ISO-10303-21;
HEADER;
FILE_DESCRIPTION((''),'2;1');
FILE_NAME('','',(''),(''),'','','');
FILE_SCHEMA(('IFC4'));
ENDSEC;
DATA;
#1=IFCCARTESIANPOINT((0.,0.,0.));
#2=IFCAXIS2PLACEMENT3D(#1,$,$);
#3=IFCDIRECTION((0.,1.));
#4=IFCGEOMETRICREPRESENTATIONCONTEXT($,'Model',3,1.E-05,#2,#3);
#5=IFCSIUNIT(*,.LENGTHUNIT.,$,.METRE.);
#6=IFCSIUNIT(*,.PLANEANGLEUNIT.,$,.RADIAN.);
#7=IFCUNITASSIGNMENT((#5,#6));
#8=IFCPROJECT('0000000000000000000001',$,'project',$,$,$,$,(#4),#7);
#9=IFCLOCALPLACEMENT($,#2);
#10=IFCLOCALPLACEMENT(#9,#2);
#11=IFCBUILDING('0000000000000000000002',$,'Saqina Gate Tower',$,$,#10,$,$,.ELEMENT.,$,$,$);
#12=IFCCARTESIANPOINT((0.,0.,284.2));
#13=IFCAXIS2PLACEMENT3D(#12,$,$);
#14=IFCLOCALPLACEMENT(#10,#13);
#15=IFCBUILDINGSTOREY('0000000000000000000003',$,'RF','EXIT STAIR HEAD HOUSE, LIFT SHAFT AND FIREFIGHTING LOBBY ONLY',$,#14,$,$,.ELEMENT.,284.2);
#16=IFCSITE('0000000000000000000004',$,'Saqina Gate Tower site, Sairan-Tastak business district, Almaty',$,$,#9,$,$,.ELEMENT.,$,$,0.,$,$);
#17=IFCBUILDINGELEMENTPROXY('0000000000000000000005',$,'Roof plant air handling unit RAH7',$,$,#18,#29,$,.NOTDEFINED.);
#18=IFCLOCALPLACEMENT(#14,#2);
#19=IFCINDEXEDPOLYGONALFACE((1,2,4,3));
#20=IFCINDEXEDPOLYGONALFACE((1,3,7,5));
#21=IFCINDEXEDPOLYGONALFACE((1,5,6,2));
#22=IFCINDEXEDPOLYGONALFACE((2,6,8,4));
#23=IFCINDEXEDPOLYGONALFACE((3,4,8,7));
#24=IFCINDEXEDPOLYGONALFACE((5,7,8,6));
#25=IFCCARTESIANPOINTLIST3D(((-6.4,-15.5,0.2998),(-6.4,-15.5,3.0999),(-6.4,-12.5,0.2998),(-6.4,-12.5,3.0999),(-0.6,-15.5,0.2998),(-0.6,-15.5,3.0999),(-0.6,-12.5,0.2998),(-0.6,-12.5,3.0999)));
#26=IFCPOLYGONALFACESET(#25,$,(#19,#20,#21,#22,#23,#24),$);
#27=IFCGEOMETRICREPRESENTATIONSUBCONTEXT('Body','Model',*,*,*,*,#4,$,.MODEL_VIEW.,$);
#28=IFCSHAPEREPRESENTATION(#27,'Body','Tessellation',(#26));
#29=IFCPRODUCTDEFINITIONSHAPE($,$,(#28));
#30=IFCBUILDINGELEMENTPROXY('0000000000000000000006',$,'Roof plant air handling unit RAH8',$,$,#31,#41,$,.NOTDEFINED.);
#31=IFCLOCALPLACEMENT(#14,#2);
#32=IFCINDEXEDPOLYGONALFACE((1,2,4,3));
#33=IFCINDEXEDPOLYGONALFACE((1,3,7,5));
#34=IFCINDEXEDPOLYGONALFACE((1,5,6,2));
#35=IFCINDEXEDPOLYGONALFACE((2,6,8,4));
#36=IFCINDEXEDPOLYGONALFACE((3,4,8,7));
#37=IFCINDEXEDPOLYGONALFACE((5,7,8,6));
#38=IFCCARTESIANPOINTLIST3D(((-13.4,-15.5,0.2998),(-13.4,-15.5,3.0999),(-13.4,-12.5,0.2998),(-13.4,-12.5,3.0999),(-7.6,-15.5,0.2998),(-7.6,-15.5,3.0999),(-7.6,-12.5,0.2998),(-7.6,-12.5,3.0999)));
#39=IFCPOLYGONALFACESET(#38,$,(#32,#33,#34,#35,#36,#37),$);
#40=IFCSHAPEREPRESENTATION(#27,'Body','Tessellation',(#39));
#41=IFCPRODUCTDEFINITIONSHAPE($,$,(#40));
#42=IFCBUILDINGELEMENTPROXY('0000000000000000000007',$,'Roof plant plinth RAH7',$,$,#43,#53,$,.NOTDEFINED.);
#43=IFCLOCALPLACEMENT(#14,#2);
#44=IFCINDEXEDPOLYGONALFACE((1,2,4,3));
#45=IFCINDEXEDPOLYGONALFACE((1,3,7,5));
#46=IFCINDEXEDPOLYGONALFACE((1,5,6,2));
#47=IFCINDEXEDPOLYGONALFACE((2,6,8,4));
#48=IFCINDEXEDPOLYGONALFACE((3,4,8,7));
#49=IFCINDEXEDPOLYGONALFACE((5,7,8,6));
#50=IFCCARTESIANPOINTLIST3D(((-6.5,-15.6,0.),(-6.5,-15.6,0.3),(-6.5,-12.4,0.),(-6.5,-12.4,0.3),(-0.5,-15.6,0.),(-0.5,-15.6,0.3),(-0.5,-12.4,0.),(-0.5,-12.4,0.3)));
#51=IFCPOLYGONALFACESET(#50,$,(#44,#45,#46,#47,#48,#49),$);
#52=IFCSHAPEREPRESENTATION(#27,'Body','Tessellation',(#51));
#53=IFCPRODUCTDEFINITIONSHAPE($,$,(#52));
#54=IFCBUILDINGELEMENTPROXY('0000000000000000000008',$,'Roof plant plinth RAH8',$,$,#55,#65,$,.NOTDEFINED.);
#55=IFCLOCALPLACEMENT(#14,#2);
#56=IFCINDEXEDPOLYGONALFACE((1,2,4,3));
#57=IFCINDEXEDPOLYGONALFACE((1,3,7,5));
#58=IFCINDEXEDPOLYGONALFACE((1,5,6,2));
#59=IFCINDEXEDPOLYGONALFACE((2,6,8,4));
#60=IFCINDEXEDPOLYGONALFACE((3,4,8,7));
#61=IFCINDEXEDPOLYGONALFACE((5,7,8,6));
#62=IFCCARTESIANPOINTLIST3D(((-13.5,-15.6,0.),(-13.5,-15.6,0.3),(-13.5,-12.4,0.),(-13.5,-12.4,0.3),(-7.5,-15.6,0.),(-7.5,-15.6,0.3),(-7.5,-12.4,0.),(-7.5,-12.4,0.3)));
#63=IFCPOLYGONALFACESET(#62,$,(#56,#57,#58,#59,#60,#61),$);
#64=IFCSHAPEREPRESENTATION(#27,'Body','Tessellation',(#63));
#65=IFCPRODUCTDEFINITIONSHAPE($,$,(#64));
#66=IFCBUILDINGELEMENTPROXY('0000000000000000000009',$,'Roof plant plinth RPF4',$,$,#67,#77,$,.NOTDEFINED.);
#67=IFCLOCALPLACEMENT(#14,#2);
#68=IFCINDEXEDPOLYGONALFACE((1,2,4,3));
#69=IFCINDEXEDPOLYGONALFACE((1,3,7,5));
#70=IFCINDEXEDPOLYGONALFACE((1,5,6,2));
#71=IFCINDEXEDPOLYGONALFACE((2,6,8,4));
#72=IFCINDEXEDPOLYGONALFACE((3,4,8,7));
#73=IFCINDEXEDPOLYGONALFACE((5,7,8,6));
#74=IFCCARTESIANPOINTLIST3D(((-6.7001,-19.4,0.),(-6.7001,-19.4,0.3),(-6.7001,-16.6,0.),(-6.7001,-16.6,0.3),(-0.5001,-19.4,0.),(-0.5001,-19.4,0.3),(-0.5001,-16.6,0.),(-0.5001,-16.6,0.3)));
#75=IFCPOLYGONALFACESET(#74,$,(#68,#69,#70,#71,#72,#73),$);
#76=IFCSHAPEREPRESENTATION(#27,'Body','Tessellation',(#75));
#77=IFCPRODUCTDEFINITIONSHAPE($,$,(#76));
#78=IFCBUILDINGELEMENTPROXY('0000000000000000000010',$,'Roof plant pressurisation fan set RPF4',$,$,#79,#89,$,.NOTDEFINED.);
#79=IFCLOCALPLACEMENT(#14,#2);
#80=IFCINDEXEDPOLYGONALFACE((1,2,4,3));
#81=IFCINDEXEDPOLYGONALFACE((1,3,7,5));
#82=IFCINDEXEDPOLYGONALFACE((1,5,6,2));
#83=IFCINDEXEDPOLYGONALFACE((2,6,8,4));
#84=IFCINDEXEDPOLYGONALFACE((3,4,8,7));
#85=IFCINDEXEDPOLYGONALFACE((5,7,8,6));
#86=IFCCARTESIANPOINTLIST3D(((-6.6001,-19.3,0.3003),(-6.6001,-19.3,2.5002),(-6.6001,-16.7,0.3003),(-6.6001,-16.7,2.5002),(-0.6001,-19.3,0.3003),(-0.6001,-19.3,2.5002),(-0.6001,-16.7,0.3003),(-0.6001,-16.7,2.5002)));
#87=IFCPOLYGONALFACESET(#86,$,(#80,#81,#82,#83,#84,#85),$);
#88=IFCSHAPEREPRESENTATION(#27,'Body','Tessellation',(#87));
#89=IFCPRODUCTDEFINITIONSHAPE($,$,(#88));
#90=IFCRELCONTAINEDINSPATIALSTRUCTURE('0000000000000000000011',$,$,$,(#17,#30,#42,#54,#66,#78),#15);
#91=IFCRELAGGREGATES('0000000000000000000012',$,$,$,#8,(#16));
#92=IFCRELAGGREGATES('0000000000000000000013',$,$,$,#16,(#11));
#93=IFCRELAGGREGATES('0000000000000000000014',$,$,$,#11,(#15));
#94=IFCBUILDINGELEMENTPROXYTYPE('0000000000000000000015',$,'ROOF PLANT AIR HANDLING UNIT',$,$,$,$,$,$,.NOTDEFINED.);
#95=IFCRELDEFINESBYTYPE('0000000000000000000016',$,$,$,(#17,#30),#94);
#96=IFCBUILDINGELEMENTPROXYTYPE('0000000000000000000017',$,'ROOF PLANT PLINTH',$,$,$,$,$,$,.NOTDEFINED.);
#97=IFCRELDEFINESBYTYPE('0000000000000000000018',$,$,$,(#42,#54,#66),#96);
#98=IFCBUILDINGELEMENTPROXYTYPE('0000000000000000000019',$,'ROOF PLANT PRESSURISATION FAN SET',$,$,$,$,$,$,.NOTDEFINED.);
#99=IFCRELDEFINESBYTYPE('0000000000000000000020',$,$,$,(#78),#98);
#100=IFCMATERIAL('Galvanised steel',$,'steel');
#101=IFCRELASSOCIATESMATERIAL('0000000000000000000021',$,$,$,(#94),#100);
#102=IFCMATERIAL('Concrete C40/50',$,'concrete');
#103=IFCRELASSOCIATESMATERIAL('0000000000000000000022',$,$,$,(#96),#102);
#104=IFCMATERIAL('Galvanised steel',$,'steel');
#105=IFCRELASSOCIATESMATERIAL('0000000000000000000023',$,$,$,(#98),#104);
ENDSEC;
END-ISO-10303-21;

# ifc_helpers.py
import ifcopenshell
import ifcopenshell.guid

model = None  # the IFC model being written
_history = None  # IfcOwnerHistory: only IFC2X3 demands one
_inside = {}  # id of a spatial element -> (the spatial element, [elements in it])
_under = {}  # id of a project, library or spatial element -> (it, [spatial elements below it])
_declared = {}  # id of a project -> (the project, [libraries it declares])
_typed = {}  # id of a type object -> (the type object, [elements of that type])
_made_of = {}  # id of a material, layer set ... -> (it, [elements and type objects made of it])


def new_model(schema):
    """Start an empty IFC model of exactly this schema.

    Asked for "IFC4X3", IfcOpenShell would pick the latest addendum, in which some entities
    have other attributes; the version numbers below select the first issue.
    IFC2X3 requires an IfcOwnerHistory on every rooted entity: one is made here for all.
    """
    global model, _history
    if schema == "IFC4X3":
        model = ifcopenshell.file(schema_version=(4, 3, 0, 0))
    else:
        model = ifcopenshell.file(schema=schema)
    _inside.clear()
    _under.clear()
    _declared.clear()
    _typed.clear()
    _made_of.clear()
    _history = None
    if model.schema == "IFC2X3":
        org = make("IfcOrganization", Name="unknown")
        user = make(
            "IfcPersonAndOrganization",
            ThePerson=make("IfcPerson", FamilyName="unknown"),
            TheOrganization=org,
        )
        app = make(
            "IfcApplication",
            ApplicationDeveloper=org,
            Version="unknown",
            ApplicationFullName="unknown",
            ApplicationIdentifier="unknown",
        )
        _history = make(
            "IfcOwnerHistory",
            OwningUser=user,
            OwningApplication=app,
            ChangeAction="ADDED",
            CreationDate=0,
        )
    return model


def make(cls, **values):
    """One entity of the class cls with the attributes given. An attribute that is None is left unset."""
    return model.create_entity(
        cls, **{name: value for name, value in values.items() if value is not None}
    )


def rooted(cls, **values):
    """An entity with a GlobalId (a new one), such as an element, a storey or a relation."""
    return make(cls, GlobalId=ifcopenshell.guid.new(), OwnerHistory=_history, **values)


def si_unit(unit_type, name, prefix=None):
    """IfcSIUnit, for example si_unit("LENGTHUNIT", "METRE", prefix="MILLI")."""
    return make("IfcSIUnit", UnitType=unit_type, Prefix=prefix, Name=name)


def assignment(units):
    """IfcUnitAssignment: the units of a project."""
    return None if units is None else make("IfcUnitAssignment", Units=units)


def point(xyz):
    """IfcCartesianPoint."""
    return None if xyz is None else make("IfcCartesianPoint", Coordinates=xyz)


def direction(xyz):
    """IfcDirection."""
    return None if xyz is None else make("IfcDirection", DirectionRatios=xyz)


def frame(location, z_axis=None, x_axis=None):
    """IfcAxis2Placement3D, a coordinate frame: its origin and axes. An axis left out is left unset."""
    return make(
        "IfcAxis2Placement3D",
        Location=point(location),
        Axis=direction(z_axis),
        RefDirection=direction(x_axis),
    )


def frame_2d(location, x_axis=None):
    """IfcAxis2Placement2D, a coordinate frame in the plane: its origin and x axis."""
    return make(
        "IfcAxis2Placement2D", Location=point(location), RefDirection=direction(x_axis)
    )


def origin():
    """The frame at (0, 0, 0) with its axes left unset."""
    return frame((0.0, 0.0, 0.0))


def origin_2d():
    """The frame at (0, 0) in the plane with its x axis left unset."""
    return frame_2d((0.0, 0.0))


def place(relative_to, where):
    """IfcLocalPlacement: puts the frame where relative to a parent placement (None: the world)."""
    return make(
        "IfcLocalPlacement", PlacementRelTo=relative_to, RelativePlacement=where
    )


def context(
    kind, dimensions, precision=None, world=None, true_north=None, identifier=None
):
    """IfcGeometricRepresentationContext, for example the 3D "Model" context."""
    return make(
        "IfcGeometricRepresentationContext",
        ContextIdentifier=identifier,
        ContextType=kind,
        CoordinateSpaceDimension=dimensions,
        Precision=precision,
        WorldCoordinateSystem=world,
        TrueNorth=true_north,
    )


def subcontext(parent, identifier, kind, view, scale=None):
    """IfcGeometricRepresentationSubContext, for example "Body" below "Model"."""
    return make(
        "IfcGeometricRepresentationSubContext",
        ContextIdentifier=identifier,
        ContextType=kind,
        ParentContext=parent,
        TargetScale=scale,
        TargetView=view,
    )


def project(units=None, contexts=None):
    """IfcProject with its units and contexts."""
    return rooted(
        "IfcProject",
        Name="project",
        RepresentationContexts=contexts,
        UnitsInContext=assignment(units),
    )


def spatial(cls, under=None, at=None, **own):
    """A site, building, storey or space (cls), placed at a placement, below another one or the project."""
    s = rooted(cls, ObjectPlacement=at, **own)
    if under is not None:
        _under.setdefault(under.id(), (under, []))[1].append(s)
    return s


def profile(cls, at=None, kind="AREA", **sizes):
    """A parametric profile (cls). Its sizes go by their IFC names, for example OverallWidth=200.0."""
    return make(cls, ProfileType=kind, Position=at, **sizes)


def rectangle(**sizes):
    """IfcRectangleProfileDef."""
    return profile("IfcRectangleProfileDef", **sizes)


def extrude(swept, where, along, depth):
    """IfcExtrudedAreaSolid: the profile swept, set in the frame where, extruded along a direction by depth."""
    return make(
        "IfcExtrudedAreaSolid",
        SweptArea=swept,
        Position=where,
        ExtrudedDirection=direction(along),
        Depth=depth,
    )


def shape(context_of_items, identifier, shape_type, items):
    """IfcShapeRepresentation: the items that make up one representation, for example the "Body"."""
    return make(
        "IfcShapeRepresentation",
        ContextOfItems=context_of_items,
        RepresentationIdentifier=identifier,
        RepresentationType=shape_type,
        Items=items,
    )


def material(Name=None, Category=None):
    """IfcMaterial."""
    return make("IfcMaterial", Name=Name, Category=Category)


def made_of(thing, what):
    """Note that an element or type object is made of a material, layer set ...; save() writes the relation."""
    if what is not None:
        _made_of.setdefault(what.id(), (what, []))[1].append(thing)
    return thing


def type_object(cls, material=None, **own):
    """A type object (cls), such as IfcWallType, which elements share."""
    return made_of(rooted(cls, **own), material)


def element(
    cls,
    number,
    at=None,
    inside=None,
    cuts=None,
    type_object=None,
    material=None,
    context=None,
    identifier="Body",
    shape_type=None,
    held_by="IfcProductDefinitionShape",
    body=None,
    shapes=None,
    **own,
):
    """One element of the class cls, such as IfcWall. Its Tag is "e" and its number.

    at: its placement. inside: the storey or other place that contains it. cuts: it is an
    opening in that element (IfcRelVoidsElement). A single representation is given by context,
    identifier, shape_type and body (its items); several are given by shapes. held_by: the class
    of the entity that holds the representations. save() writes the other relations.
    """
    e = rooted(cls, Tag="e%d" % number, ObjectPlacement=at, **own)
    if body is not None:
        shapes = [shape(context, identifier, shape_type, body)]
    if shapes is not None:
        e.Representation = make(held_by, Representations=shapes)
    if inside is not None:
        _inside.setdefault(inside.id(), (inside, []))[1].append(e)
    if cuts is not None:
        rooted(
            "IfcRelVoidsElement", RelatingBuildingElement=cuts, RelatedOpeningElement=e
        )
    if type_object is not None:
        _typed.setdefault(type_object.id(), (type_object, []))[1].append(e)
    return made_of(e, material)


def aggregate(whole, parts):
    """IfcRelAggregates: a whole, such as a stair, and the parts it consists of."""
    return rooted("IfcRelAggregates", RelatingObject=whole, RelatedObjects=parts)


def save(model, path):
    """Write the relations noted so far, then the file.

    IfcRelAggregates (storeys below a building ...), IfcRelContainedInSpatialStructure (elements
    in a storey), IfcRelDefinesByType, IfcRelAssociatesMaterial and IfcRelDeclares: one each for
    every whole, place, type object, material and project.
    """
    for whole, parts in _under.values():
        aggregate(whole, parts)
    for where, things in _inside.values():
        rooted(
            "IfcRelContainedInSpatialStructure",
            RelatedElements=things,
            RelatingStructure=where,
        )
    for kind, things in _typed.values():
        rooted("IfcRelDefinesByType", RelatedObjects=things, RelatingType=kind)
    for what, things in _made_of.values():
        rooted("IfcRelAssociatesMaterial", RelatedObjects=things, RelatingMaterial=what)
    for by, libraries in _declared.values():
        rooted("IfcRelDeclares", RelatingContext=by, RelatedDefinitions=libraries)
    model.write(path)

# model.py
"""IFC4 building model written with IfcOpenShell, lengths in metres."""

from ifc_helpers import new_model, si_unit, direction, frame, origin, origin_2d, place, context, subcontext, project, spatial, rectangle, extrude, material, type_object, element, save


model = new_model("IFC4")

# Units and contexts
model_context = context("Model", 3, precision=1e-05, world=origin(), true_north=direction((0.0, 1.0)))
body_context = subcontext(model_context, "Body", "Model", "MODEL_VIEW")
ifc_project = project(units=[si_unit("LENGTHUNIT", "METRE"), si_unit("PLANEANGLEUNIT", "RADIAN")], contexts=[model_context])

# Site, building, storey
site_placement = place(None, origin())
site = spatial("IfcSite", under=ifc_project, at=site_placement, Name="Saqina Gate Tower site, Sairan-Tastak business district, Almaty", CompositionType="ELEMENT", RefElevation=0.0)
building_placement = place(site_placement, origin())
building = spatial("IfcBuilding", under=site, at=building_placement, Name="Saqina Gate Tower", CompositionType="ELEMENT")
storey_placement = place(building_placement, frame((0.0, 0.0, 284.2)))
storey = spatial("IfcBuildingStorey", under=building, at=storey_placement, Name="RF", Description="EXIT STAIR HEAD HOUSE, LIFT SHAFT AND FIREFIGHTING LOBBY ONLY", CompositionType="ELEMENT", Elevation=284.2)

# Building element proxies
ifc_material_1 = material(Name="Galvanised steel", Category="steel")
building_element_proxy_type_1 = type_object("IfcBuildingElementProxyType", Name="ROOF PLANT AIR HANDLING UNIT", PredefinedType="NOTDEFINED", material=ifc_material_1)
for number, where, z_axis, x_axis, name in (
    (1, (-3.5, -14.0, 0.2998), (0.0, 0.0, 1.0), (1.0, 0.0, 0.0), "Roof plant air handling unit RAH7"),
    (2, (-10.5, -14.0, 0.2998), (0.0, 0.0, 1.0), (1.0, 0.0, 0.0), "Roof plant air handling unit RAH8"),
):
    element("IfcBuildingElementProxy", number, at=place(storey_placement, frame(where, z_axis=z_axis, x_axis=x_axis)), inside=storey, type_object=building_element_proxy_type_1, Name=name, PredefinedType="NOTDEFINED", context=body_context, shape_type="SweptSolid", body=[
        extrude(rectangle(XDim=5.8, YDim=3.0, at=origin_2d()), origin(), (0.0, 0.0, 1.0), 2.8),
    ])
ifc_material_2 = material(Name="Concrete C40/50", Category="concrete")
building_element_proxy_type_2 = type_object("IfcBuildingElementProxyType", Name="ROOF PLANT PLINTH", PredefinedType="NOTDEFINED", material=ifc_material_2)
for number, where, z_axis, x_axis, name in (
    (3, (-3.5, -14.0, 0.0), (0.0, 0.0, 1.0), (1.0, 0.0, 0.0), "Roof plant plinth RAH7"),
    (4, (-10.5, -14.0, 0.0), (0.0, 0.0, 1.0), (1.0, 0.0, 0.0), "Roof plant plinth RAH8"),
):
    element("IfcBuildingElementProxy", number, at=place(storey_placement, frame(where, z_axis=z_axis, x_axis=x_axis)), inside=storey, type_object=building_element_proxy_type_2, Name=name, PredefinedType="NOTDEFINED", context=body_context, shape_type="SweptSolid", body=[
        extrude(rectangle(XDim=6.0, YDim=3.2, at=origin_2d()), origin(), (0.0, 0.0, 1.0), 0.3),
    ])
proxy_1_placement = place(storey_placement, frame((-3.6001, -18.0, 0.0), z_axis=(0.0, 0.0, 1.0), x_axis=(1.0, 0.0, 0.0)))
element("IfcBuildingElementProxy", 5, at=proxy_1_placement, inside=storey, type_object=building_element_proxy_type_2, Name="Roof plant plinth RPF4", PredefinedType="NOTDEFINED", context=body_context, shape_type="SweptSolid", body=[
    extrude(rectangle(XDim=6.2, YDim=2.8, at=origin_2d()), origin(), (0.0, 0.0, 1.0), 0.3),
])
ifc_material_3 = material(Name="Galvanised steel", Category="steel")
building_element_proxy_type_3 = type_object("IfcBuildingElementProxyType", Name="ROOF PLANT PRESSURISATION FAN SET", PredefinedType="NOTDEFINED", material=ifc_material_3)
proxy_2_placement = place(storey_placement, frame((-3.6001, -18.0, 0.3003), z_axis=(0.0, 0.0, 1.0), x_axis=(1.0, 0.0, 0.0)))
element("IfcBuildingElementProxy", 6, at=proxy_2_placement, inside=storey, type_object=building_element_proxy_type_3, Name="Roof plant pressurisation fan set RPF4", PredefinedType="NOTDEFINED", context=body_context, shape_type="SweptSolid", body=[
    extrude(rectangle(XDim=6.0, YDim=2.6001, at=origin_2d()), origin(), (0.0, 0.0, 1.0), 2.2),
])

save(model, "model.ifc")
